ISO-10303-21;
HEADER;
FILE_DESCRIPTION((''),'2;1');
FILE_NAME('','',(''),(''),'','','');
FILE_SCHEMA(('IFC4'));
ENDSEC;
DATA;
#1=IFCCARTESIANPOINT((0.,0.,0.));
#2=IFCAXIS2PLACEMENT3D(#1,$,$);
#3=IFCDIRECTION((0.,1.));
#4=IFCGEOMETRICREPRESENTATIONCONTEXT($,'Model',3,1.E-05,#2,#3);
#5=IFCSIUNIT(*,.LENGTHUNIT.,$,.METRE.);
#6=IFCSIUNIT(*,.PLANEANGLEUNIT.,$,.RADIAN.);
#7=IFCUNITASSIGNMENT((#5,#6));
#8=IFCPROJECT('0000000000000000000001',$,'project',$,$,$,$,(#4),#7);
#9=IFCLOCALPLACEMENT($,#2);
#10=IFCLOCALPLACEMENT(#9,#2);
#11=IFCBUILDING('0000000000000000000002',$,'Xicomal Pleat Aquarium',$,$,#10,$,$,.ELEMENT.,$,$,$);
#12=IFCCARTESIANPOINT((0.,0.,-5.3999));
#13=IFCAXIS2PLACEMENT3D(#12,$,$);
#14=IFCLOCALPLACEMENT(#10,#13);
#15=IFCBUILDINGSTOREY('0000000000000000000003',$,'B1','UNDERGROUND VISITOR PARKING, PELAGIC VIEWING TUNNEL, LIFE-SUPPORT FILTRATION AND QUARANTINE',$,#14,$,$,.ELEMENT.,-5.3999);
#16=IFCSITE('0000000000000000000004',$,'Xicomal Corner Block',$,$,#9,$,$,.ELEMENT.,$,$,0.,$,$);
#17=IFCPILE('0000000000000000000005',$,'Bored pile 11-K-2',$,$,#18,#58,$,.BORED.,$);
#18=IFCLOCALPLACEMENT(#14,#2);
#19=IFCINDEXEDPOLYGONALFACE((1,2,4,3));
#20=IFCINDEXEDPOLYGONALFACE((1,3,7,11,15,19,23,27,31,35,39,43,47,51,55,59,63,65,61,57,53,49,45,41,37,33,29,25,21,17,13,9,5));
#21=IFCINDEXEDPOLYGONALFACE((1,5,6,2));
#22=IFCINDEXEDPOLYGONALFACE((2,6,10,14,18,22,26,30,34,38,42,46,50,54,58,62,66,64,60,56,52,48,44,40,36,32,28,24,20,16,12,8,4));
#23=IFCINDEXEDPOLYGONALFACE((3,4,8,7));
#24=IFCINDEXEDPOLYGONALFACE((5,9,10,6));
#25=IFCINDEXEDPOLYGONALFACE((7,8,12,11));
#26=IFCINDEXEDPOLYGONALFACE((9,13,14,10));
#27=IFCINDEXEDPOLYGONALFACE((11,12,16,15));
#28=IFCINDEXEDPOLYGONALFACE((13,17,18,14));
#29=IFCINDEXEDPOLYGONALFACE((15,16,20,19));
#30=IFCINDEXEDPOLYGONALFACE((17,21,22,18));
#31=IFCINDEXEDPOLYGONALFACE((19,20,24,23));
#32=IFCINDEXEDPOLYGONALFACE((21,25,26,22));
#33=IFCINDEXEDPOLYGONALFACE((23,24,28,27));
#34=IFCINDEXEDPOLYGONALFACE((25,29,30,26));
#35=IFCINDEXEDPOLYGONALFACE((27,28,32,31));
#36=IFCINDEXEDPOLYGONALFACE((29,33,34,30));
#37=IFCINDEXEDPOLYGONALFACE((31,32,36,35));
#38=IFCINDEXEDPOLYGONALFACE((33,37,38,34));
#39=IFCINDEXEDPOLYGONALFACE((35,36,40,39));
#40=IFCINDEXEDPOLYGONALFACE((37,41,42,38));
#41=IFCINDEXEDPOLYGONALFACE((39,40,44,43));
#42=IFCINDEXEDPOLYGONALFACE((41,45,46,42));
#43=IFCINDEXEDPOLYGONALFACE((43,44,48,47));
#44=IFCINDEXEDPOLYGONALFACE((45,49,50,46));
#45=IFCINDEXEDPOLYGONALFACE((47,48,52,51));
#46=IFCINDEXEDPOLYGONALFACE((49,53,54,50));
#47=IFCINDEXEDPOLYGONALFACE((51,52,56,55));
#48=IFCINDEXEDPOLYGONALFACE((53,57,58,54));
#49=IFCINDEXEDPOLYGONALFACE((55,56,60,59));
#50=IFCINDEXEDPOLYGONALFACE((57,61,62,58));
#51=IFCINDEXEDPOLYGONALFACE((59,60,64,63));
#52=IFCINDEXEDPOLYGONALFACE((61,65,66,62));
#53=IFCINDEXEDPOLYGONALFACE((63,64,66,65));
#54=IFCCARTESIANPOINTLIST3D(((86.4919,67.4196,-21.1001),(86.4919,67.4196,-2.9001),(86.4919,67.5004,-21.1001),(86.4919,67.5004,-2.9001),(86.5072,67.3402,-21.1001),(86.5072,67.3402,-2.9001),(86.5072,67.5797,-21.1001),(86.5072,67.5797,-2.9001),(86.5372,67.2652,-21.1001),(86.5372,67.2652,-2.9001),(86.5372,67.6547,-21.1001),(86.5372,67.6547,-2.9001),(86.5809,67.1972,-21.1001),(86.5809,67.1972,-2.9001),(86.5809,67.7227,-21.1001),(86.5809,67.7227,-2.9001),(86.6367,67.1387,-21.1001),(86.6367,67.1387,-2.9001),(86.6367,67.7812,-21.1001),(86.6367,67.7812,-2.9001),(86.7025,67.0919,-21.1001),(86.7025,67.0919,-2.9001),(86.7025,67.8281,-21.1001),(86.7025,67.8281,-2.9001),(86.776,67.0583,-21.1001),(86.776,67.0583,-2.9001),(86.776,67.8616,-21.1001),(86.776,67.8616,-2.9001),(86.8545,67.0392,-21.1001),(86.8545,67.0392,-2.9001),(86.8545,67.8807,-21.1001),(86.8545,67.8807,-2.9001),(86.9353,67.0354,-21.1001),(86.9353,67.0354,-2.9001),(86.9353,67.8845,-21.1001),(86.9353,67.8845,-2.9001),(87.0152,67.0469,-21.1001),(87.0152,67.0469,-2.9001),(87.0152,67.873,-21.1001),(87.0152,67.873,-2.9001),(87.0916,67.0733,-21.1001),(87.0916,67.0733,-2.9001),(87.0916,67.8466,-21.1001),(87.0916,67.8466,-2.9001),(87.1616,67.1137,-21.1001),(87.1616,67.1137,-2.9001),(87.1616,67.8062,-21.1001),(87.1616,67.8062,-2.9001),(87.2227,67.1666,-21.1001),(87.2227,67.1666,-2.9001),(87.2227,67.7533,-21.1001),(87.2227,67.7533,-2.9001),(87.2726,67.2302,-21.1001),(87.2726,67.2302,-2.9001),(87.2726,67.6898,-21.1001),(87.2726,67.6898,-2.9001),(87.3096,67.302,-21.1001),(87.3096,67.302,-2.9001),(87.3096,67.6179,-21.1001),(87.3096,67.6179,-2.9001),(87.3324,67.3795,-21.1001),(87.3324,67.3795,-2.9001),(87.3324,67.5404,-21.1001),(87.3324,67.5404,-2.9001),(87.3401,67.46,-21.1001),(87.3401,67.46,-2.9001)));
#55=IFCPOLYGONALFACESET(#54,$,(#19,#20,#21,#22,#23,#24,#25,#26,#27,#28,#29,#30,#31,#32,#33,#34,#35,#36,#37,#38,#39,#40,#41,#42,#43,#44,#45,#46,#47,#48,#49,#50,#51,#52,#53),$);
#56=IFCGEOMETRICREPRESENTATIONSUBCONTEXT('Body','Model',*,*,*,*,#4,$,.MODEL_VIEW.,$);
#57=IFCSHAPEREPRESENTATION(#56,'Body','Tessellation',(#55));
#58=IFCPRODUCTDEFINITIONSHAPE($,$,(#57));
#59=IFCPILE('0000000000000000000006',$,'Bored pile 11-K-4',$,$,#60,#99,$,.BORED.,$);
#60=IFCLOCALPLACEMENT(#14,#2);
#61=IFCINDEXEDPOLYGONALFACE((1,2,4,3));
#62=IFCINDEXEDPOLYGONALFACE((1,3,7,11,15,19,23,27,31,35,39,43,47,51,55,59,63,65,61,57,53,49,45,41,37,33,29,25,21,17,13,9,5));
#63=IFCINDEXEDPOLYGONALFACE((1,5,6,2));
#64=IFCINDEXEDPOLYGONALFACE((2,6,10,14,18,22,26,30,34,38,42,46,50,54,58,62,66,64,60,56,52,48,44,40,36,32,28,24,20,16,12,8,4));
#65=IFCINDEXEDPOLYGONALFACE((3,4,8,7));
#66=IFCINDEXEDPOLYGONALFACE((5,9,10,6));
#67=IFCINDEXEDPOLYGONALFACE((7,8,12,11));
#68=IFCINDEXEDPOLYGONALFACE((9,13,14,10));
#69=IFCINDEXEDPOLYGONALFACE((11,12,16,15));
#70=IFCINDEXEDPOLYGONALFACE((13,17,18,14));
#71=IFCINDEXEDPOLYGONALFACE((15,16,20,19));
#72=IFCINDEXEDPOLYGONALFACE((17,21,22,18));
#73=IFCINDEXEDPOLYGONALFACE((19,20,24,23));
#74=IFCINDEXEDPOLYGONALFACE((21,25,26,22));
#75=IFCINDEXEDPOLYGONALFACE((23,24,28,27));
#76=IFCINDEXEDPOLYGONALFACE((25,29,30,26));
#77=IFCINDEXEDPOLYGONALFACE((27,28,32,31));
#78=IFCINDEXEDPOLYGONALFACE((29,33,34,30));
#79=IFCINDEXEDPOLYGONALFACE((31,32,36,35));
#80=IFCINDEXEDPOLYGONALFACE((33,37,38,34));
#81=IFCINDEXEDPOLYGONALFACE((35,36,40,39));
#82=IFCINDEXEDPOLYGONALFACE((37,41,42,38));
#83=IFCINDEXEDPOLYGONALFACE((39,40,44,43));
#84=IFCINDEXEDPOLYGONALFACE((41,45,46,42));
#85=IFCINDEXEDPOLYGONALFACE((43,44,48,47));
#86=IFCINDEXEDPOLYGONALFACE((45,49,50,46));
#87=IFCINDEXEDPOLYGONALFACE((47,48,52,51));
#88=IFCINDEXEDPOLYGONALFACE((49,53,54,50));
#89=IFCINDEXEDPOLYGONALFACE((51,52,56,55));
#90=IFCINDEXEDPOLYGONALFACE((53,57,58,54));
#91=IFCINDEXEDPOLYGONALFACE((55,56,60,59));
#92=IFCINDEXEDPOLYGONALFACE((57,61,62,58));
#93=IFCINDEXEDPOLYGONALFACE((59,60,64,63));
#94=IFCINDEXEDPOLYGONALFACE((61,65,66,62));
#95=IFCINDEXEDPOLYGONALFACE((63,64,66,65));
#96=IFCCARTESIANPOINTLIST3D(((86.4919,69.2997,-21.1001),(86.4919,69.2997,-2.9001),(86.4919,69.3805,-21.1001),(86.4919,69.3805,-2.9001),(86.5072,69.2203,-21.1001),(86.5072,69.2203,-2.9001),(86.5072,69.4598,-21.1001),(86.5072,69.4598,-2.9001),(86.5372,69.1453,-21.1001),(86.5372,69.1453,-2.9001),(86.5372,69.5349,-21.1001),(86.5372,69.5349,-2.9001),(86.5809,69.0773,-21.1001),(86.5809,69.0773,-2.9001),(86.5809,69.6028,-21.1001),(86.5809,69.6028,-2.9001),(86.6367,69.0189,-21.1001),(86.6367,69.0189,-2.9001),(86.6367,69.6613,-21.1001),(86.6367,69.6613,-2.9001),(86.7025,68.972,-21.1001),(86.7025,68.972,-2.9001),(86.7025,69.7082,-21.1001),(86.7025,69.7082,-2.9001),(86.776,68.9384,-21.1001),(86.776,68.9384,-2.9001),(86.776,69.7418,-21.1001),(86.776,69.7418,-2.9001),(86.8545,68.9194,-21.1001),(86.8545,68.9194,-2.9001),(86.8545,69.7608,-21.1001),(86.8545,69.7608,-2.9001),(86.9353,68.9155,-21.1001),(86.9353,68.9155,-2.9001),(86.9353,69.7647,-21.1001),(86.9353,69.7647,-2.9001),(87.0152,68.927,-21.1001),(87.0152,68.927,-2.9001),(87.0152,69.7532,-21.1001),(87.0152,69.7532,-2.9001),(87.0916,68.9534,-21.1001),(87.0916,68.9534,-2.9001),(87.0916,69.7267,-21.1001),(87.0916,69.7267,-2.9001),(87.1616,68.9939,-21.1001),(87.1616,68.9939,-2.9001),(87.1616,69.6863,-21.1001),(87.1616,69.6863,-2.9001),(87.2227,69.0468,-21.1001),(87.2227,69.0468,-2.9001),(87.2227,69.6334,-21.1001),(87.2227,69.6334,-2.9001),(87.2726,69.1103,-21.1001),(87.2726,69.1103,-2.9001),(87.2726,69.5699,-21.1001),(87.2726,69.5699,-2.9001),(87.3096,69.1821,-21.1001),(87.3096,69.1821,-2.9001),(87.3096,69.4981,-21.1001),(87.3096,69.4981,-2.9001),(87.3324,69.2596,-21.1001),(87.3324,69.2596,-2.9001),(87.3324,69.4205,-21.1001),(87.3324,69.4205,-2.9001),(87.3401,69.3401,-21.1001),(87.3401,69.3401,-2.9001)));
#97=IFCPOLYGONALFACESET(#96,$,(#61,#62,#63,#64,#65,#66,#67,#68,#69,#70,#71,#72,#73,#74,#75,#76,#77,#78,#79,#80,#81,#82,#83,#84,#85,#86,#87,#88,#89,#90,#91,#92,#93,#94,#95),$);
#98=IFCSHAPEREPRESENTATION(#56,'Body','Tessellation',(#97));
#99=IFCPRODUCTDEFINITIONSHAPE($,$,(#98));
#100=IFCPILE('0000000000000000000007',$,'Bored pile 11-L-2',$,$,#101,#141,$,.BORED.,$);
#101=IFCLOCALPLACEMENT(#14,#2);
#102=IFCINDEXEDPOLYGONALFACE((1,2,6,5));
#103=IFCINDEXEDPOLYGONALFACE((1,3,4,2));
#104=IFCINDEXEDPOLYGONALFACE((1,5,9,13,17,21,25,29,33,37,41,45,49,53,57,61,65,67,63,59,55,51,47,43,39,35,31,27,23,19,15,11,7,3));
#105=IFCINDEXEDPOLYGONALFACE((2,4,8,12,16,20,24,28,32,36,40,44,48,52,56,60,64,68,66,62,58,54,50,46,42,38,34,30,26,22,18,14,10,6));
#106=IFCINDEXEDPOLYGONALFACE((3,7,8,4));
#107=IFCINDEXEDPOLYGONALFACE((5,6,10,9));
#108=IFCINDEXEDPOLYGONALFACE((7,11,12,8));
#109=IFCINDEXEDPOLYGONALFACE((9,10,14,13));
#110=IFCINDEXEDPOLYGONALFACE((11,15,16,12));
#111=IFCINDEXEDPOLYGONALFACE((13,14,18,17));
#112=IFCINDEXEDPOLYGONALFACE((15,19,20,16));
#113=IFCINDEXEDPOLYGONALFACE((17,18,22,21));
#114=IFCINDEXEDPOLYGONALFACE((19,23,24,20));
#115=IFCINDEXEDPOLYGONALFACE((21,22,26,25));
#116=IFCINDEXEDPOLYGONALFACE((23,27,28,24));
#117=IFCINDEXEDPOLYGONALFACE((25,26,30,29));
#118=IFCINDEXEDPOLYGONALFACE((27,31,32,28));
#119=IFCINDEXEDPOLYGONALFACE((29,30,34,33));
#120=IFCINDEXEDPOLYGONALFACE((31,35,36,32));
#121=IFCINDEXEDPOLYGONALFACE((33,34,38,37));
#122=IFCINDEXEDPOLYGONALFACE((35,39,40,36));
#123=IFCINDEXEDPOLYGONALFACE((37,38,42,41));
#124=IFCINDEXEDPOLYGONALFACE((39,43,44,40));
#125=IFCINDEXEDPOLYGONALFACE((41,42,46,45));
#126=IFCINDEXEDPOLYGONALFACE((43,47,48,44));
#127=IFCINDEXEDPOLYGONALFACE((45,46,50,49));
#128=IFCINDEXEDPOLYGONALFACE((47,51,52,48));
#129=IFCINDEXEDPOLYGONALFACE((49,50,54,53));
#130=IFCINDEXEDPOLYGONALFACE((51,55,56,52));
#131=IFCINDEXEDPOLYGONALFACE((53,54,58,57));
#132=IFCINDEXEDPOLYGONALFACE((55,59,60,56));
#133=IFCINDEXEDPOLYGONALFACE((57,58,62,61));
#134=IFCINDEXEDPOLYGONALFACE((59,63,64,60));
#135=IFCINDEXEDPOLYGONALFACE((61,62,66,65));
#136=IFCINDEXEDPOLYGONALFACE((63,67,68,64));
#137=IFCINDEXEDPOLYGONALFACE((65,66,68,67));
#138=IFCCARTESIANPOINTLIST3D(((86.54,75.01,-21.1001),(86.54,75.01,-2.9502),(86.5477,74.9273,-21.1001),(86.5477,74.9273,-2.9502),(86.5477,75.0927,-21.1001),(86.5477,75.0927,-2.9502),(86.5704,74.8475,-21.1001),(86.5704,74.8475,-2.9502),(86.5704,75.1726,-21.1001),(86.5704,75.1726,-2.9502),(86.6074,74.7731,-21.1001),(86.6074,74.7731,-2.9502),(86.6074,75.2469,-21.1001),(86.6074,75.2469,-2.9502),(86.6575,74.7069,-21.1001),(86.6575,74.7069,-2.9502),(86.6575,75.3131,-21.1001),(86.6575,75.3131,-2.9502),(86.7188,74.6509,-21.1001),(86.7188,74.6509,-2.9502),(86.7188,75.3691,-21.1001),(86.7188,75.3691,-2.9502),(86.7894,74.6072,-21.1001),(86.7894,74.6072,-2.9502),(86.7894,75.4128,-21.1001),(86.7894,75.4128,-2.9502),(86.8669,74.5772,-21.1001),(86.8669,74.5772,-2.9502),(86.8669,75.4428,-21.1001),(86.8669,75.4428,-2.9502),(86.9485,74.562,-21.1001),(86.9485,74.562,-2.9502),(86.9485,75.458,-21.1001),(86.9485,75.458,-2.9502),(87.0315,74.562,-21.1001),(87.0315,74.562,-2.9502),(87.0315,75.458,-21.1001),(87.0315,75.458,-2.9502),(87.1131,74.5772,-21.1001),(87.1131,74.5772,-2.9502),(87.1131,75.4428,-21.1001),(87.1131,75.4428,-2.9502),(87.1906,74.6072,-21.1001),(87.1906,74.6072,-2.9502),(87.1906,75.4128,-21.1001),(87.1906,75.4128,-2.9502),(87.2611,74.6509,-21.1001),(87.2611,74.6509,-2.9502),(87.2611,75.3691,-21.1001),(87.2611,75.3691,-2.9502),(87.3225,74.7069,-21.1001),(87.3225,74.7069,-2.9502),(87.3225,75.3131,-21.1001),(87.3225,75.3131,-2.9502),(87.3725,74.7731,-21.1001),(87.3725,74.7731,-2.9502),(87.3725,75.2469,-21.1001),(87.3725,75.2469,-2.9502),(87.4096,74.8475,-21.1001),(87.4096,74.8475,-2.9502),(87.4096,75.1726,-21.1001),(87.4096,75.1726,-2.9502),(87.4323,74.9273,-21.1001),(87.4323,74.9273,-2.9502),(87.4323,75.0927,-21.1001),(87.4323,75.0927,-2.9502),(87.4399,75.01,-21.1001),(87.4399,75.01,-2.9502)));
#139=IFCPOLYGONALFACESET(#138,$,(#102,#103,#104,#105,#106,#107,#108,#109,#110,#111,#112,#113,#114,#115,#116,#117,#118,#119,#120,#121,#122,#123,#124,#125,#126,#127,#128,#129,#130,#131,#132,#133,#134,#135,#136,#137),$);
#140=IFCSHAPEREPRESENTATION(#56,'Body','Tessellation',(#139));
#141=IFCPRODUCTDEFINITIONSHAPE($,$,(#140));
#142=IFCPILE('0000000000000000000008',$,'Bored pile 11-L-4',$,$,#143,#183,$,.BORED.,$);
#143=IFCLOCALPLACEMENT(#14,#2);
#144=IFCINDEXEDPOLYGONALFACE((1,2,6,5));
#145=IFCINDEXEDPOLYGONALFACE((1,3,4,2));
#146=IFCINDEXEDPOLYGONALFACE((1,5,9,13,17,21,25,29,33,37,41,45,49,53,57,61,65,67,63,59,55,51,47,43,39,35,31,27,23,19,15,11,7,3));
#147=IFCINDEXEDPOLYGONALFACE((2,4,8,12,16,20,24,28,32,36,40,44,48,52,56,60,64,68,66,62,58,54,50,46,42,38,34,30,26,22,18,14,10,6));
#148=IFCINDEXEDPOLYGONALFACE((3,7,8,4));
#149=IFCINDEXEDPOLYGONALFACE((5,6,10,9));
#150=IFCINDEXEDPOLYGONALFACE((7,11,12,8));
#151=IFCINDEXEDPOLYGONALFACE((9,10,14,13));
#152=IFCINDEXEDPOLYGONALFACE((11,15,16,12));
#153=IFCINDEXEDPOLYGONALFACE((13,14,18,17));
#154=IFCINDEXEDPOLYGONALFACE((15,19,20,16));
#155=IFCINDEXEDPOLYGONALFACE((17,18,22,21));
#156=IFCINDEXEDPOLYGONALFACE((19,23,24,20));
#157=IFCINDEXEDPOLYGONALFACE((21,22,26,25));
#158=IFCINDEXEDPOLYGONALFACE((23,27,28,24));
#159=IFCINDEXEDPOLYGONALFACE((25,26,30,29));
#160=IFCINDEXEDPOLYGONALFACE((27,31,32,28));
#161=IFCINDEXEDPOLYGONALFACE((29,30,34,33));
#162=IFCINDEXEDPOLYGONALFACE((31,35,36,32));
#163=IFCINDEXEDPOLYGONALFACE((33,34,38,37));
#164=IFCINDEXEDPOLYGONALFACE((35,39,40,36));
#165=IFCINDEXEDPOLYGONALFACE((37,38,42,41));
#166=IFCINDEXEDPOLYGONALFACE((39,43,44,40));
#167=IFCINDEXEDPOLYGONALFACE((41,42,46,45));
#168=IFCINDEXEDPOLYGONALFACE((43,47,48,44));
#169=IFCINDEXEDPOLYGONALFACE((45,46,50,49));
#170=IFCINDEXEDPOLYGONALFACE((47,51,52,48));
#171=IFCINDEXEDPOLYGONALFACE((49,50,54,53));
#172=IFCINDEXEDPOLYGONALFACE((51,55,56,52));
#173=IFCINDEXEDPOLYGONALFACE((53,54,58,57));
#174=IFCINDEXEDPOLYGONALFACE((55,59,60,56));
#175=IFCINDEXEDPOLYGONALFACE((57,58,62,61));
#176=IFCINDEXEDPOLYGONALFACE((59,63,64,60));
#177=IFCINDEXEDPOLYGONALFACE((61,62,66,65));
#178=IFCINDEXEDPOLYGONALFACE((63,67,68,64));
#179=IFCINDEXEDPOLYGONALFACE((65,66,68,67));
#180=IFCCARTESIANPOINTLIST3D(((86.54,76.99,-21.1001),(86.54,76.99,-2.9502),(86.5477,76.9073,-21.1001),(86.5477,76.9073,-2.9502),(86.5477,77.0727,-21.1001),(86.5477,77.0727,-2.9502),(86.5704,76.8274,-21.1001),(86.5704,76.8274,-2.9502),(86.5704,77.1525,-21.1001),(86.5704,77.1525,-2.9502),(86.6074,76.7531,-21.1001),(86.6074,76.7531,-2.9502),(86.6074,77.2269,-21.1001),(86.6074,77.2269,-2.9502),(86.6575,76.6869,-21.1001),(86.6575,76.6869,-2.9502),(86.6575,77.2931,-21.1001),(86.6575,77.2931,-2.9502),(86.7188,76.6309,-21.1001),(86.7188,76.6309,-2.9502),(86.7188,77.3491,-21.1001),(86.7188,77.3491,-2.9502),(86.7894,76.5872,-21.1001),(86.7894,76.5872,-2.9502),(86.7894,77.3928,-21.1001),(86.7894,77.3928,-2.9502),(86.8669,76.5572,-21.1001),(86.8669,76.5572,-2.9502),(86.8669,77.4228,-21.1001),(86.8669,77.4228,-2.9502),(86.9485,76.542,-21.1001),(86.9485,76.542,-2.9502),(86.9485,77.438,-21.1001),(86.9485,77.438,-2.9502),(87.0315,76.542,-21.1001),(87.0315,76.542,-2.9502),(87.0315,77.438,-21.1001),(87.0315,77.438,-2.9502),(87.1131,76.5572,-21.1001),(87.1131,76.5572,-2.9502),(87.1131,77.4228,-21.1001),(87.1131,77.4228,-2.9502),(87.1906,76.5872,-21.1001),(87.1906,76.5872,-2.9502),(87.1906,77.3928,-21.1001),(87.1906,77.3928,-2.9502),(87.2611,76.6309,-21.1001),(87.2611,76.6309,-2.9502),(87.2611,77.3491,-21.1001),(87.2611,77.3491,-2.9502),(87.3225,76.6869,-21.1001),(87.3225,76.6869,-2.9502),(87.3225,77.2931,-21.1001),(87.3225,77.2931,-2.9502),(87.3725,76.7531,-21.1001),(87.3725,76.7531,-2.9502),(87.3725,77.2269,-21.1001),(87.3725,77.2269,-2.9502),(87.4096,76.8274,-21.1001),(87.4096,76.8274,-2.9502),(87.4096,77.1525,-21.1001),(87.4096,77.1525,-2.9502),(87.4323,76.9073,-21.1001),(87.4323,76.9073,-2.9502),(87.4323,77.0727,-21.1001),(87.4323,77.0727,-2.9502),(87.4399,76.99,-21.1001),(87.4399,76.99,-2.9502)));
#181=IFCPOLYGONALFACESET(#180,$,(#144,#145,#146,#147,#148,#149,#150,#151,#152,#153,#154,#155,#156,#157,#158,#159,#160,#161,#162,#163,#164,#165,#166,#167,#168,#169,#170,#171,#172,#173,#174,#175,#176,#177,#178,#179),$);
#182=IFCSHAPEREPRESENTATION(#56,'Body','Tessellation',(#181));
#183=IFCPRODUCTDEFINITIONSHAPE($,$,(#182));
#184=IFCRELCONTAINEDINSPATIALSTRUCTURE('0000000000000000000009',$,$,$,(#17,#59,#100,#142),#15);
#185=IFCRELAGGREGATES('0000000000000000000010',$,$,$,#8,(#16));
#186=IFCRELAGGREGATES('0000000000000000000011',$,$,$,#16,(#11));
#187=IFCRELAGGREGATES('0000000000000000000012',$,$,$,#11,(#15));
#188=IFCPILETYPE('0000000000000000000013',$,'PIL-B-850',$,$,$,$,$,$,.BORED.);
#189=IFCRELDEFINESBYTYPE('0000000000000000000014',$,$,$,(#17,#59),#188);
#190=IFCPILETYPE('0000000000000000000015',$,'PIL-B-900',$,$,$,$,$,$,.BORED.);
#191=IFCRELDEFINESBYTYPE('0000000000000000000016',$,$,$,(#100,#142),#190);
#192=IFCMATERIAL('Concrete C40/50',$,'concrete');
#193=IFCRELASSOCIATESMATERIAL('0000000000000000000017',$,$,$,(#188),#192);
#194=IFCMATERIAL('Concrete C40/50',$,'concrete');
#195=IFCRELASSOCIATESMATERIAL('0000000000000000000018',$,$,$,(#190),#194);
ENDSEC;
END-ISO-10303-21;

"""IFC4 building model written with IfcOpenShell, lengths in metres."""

from ifc_helpers import new_model, si_unit, direction, frame, origin, origin_2d, place, context, subcontext, project, spatial, circle, extrude, material, material_profile, profile_set, type_object, element, save


model = new_model("IFC4")

# Units and contexts
model_context = context("Model", 3, precision=1e-05, world=origin(), true_north=direction((0.0, 1.0)))
body_context = subcontext(model_context, "Body", "Model", "MODEL_VIEW")
ifc_project = project(units=[si_unit("LENGTHUNIT", "METRE"), si_unit("PLANEANGLEUNIT", "RADIAN")], contexts=[model_context])

# Site, building, storey
site_placement = place(None, origin())
site = spatial("IfcSite", under=ifc_project, at=site_placement, Name="Xicomal Corner Block", CompositionType="ELEMENT", RefElevation=0.0)
building_placement = place(site_placement, origin())
building = spatial("IfcBuilding", under=site, at=building_placement, Name="Xicomal Pleat Aquarium", CompositionType="ELEMENT")
storey_placement = place(building_placement, frame((0.0, 0.0, -5.3999)))
storey = spatial("IfcBuildingStorey", under=building, at=storey_placement, Name="B1", Description="UNDERGROUND VISITOR PARKING, PELAGIC VIEWING TUNNEL, LIFE-SUPPORT FILTRATION AND QUARANTINE", CompositionType="ELEMENT", Elevation=-5.3999)

# Piles
ifc_material_1 = material(Name="Concrete C40/50", Category="concrete")
ifc_material_profile_1 = material_profile(ifc_material_1, circle(Radius=0.425, at=origin_2d()), Name="BORED PILE D850")
ifc_profile_set_1 = profile_set([ifc_material_profile_1], Name="Concrete C40/50")
pile_type_1 = type_object("IfcPileType", Name="PIL-B-850", PredefinedType="BORED", material=ifc_profile_set_1)
for number, where, z_axis, x_axis, name in (
    (1, (86.915, 67.46, -2.9001), (0.0, 0.0, -1.0), (1.0, 0.0, 0.0), "Bored pile 11-K-2"),
    (2, (86.915, 69.3401, -2.9001), (0.0, 0.0, -1.0), (1.0, 0.0, 0.0), "Bored pile 11-K-4"),
):
    element("IfcPile", number, at=place(storey_placement, frame(where, z_axis=z_axis, x_axis=x_axis)), inside=storey, type_object=pile_type_1, Name=name, PredefinedType="BORED", context=body_context, shape_type="SweptSolid", body=[
        extrude(circle(Radius=0.425, at=origin_2d()), origin(), (0.0, 0.0, 1.0), 18.2),
    ])
ifc_material_2 = material(Name="Concrete C40/50", Category="concrete")
ifc_material_profile_2 = material_profile(ifc_material_2, circle(Radius=0.45, at=origin_2d()), Name="BORED PILE D900")
ifc_profile_set_2 = profile_set([ifc_material_profile_2], Name="Concrete C40/50")
pile_type_2 = type_object("IfcPileType", Name="PIL-B-900", PredefinedType="BORED", material=ifc_profile_set_2)
for number, where, z_axis, x_axis, name in (
    (3, (86.99, 75.01, -2.9502), (0.0, 0.0, -1.0), (1.0, 0.0, 0.0), "Bored pile 11-L-2"),
    (4, (86.99, 76.99, -2.9502), (0.0, 0.0, -1.0), (1.0, 0.0, 0.0), "Bored pile 11-L-4"),
):
    element("IfcPile", number, at=place(storey_placement, frame(where, z_axis=z_axis, x_axis=x_axis)), inside=storey, type_object=pile_type_2, Name=name, PredefinedType="BORED", context=body_context, shape_type="SweptSolid", body=[
        extrude(circle(Radius=0.45, at=origin_2d()), origin(), (0.0, 0.0, 1.0), 18.1499),
    ])

save(model, "model.ifc")
